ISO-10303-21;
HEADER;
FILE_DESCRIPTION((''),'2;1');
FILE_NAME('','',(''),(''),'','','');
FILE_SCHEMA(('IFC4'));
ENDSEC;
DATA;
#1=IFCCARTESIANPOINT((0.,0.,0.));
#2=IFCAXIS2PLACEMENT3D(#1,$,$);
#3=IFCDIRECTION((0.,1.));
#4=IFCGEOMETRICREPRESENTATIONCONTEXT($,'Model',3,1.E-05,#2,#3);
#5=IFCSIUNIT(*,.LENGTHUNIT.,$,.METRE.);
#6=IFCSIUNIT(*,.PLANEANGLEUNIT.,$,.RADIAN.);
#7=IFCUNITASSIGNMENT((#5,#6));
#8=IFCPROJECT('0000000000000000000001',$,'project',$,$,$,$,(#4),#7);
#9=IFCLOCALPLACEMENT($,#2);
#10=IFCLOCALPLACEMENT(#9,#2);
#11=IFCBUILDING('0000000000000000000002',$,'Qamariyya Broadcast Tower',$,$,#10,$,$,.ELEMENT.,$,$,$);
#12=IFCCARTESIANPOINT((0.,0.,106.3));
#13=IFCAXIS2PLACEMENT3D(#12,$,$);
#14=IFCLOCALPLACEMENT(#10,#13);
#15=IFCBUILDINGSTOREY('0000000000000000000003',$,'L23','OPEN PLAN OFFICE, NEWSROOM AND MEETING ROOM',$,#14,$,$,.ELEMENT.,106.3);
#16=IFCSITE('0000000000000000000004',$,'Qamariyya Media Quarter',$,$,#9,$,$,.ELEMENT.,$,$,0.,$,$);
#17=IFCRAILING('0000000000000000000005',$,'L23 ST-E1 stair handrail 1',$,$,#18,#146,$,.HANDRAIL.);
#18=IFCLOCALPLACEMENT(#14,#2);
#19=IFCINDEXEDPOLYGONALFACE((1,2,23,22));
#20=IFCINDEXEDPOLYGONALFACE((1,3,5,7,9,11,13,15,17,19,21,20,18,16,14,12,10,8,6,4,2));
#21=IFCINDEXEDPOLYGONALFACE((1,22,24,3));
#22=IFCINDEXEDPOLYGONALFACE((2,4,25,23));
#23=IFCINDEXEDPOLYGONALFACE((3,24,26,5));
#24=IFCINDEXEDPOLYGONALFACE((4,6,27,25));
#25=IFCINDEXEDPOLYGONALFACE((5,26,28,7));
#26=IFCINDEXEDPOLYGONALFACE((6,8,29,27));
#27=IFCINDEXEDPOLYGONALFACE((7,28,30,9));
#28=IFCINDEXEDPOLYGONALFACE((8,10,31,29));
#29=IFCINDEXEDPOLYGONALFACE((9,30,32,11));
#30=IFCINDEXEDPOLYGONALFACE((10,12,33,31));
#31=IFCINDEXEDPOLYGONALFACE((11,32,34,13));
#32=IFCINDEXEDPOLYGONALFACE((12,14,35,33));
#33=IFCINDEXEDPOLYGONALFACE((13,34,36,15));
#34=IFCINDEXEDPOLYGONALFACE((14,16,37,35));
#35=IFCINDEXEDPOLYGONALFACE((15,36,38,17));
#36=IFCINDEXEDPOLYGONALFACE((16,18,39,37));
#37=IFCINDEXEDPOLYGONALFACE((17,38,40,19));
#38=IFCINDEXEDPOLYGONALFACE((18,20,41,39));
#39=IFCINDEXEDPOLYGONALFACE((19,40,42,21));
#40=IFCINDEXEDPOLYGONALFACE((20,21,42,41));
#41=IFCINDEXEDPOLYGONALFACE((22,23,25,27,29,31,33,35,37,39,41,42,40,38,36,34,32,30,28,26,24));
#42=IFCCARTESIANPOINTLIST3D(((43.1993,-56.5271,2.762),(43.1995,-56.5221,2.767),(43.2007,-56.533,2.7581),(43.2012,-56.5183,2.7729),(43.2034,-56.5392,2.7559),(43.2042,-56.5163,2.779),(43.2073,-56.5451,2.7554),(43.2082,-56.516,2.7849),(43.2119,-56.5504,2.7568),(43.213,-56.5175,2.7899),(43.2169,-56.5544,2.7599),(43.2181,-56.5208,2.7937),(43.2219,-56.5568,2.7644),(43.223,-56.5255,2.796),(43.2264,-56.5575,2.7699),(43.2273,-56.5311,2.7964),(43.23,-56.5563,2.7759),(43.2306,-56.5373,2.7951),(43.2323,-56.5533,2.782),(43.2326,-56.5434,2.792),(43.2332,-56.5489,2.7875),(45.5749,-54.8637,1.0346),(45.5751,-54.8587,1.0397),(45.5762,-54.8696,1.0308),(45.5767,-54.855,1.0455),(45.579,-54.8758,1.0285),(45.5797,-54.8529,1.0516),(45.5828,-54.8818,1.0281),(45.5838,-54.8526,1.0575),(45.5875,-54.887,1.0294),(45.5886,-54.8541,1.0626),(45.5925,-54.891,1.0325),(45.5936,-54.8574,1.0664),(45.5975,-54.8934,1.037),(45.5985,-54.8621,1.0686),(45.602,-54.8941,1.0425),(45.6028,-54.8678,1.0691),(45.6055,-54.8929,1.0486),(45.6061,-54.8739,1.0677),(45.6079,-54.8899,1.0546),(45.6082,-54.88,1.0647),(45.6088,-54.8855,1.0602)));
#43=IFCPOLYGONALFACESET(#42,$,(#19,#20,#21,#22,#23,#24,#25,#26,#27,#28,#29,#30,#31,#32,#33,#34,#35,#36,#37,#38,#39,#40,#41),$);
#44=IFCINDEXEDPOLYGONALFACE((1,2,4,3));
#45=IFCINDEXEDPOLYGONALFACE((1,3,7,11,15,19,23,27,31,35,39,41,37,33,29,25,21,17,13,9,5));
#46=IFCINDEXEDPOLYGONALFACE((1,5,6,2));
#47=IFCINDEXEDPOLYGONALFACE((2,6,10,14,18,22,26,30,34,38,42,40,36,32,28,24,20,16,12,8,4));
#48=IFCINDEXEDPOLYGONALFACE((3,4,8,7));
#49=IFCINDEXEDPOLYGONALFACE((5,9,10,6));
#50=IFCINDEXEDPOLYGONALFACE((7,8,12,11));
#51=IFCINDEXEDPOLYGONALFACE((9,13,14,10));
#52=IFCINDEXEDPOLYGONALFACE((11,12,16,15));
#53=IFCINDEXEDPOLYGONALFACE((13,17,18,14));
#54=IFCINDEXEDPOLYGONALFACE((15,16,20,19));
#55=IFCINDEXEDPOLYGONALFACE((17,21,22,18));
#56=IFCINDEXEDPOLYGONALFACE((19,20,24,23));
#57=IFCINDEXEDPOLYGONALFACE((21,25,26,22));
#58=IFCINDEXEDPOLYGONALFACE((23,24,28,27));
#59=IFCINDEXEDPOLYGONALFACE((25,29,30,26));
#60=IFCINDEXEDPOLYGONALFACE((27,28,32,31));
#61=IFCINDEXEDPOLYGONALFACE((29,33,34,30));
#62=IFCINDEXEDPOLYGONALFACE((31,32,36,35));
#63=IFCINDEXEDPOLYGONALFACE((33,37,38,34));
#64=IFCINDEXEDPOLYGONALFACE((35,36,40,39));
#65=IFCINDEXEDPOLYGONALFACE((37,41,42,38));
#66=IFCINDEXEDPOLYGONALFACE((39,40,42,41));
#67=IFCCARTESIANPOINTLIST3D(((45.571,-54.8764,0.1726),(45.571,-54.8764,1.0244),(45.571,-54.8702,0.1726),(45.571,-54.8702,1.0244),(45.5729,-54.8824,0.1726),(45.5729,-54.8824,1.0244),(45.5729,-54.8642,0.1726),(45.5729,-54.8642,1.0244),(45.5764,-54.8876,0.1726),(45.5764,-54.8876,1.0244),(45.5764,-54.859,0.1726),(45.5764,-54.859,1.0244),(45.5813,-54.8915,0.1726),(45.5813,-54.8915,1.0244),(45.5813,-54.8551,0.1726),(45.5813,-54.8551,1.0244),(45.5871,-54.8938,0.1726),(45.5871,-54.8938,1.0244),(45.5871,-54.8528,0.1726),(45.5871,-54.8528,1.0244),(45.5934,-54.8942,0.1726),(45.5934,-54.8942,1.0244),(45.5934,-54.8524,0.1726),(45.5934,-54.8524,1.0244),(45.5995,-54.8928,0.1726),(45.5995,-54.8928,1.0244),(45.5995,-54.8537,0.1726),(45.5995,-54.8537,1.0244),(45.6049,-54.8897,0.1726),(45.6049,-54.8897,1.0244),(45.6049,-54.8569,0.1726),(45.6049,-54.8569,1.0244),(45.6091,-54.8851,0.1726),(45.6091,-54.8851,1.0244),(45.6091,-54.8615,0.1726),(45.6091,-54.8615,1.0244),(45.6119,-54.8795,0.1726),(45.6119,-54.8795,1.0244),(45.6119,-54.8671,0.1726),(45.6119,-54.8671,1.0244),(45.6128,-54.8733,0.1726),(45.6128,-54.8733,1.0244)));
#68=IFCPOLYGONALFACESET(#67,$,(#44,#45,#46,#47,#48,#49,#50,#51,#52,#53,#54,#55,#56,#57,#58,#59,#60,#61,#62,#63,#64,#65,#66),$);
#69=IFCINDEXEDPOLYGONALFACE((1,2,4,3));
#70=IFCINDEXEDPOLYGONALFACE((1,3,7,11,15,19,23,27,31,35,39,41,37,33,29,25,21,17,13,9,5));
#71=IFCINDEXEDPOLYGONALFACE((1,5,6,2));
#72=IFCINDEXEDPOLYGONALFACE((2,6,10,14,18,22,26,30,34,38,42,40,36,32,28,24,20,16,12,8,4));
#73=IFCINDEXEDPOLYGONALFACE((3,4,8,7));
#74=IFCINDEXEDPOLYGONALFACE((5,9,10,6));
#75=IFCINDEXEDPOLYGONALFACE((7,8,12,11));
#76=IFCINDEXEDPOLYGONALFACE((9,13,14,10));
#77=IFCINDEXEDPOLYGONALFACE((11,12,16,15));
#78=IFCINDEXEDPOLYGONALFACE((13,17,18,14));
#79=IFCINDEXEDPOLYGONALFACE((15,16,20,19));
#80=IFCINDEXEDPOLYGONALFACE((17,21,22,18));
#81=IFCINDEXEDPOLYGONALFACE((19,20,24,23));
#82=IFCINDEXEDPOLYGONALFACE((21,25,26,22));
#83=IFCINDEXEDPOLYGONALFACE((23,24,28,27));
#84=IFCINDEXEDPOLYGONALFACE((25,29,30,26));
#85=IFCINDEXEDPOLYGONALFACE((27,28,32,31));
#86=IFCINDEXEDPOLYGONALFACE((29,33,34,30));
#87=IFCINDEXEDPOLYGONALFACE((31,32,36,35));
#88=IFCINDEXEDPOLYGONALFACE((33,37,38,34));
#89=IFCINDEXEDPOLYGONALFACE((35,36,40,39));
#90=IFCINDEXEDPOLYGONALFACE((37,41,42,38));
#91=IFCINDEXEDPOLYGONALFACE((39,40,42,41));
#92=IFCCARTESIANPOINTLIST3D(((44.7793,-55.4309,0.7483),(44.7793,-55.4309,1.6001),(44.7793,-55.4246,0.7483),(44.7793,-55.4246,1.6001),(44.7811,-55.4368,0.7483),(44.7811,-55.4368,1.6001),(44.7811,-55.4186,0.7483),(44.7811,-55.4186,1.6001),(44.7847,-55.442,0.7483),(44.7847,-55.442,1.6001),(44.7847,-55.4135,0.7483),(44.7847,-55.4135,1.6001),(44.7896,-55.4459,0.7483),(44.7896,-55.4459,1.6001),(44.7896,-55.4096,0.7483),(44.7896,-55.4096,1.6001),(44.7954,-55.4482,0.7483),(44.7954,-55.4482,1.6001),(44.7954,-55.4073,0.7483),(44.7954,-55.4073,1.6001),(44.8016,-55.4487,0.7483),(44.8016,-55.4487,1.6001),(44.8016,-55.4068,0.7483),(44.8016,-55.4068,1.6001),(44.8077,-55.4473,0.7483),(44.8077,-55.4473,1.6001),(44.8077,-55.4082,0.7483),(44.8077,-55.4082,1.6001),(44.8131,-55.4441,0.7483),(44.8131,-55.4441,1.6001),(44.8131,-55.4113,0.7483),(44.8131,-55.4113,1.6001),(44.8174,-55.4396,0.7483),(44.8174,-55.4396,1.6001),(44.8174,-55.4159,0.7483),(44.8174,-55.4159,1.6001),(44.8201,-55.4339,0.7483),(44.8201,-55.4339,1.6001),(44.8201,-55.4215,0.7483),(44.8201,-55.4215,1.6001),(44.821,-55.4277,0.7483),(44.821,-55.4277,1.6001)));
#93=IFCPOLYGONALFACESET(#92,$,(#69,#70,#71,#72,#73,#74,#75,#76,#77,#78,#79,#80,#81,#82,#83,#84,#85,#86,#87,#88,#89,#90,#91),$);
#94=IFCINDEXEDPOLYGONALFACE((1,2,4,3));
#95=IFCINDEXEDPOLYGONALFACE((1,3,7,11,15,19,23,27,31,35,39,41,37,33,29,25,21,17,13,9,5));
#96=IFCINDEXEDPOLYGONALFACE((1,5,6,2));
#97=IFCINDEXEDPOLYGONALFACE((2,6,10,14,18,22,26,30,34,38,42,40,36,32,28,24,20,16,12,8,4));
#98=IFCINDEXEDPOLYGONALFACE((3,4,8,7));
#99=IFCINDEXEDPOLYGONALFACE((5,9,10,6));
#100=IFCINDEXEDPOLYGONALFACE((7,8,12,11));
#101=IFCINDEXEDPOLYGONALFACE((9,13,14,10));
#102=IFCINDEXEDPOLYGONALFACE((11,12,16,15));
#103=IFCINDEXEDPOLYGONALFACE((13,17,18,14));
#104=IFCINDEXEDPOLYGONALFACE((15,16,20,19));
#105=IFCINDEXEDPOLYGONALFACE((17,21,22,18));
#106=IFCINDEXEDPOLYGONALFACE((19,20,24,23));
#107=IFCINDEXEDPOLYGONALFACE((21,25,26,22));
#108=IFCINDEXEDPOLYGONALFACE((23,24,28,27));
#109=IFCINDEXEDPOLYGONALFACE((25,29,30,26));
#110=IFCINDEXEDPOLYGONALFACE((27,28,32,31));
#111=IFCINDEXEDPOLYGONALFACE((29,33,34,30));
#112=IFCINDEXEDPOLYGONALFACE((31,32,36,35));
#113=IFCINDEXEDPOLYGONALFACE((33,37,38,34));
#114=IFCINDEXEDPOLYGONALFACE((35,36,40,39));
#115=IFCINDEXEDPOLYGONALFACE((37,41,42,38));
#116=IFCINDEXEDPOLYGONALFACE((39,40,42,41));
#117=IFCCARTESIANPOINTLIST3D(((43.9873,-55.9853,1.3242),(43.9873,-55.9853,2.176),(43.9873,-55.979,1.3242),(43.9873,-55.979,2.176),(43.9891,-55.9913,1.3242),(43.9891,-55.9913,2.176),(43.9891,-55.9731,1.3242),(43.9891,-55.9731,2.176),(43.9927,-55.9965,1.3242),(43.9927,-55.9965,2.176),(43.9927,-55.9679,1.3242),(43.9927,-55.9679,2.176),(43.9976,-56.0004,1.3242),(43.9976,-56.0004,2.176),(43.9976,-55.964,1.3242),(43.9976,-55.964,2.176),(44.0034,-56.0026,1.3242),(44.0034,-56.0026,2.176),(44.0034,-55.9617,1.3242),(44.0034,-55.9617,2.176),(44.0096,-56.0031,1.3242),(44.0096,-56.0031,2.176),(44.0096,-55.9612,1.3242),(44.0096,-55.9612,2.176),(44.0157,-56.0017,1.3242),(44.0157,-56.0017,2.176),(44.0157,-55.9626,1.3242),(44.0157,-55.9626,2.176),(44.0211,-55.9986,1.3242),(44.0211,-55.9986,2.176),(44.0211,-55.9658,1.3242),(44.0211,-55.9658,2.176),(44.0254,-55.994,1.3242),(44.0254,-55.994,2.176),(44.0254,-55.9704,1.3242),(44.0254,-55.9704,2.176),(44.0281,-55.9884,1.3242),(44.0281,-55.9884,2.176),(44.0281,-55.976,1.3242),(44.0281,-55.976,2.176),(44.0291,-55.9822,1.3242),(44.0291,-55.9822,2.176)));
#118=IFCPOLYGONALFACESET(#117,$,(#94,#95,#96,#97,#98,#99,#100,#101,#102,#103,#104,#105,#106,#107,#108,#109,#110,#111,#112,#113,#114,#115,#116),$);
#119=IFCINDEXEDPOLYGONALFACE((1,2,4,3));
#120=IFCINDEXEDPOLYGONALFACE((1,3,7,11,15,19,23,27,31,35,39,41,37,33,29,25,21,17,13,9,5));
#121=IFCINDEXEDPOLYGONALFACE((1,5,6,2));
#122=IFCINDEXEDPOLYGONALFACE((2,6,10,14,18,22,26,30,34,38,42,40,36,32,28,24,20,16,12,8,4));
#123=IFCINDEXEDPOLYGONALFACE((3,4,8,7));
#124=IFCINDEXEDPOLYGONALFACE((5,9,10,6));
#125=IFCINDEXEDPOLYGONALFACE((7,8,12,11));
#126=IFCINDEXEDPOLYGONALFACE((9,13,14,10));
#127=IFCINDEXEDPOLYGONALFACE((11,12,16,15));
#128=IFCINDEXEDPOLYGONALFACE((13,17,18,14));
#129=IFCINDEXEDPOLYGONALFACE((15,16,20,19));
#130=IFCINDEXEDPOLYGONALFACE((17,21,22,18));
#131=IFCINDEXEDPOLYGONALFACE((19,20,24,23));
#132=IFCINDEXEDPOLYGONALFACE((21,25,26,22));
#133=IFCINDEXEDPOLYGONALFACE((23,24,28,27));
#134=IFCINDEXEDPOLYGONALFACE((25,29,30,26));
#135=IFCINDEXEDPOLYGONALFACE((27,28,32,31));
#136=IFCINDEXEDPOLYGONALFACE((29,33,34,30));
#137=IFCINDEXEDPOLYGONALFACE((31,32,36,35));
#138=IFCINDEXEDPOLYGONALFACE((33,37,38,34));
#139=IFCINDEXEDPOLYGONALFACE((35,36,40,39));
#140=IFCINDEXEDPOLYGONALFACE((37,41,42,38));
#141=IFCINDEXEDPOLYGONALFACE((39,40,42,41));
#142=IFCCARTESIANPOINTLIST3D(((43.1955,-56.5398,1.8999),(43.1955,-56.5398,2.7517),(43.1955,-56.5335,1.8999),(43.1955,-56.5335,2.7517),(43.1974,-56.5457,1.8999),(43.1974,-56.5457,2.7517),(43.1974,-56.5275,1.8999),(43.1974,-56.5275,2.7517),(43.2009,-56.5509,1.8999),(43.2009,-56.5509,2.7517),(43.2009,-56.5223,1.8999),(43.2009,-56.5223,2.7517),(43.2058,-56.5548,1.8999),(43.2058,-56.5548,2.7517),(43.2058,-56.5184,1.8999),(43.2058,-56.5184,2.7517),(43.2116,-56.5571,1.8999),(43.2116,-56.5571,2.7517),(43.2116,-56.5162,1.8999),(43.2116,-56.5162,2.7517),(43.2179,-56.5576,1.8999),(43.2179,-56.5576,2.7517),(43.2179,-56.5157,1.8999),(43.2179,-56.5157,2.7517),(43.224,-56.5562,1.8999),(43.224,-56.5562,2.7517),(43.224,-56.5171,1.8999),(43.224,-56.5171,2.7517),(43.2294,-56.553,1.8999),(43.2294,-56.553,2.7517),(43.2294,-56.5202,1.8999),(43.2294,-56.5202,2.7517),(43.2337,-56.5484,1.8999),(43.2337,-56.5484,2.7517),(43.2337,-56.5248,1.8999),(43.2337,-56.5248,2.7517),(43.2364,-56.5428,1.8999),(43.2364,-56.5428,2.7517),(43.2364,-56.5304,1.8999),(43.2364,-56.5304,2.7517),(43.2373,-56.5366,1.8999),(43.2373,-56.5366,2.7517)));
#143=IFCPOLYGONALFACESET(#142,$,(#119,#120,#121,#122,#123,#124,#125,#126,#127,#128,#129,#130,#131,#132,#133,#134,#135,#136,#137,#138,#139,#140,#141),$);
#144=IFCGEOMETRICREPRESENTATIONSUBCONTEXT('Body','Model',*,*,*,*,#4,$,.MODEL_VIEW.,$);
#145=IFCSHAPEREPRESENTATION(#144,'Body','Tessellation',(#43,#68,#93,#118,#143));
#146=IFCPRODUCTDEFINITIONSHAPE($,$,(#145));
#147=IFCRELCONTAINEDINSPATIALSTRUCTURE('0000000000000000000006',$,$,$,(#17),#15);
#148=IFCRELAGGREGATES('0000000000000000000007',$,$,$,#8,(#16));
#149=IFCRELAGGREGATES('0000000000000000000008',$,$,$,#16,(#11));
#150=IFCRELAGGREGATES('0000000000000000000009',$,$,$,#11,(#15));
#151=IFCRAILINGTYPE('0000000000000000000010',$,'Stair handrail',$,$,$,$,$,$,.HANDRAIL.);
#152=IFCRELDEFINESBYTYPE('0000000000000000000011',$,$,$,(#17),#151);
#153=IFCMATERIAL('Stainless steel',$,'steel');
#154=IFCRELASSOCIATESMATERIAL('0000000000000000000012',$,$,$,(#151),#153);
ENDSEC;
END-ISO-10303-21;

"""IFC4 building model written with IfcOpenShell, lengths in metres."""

from ifc_helpers import new_model, si_unit, direction, frame, origin, origin_2d, place, context, subcontext, project, spatial, circle, extrude, material, type_object, element, save


model = new_model("IFC4")

# Units and contexts
model_context = context("Model", 3, precision=1e-05, world=origin(), true_north=direction((0.0, 1.0)))
body_context = subcontext(model_context, "Body", "Model", "MODEL_VIEW")
ifc_project = project(units=[si_unit("LENGTHUNIT", "METRE"), si_unit("PLANEANGLEUNIT", "RADIAN")], contexts=[model_context])

# Site, building, storey
site_placement = place(None, origin())
site = spatial("IfcSite", under=ifc_project, at=site_placement, Name="Qamariyya Media Quarter", CompositionType="ELEMENT", RefElevation=0.0)
building_placement = place(site_placement, origin())
building = spatial("IfcBuilding", under=site, at=building_placement, Name="Qamariyya Broadcast Tower", CompositionType="ELEMENT")
storey_placement = place(building_placement, frame((0.0, 0.0, 106.3)))
storey = spatial("IfcBuildingStorey", under=building, at=storey_placement, Name="L23", Description="OPEN PLAN OFFICE, NEWSROOM AND MEETING ROOM", CompositionType="ELEMENT", Elevation=106.3)

# Railing
ifc_material_1 = material(Name="Stainless steel", Category="steel")
railing_type = type_object("IfcRailingType", Name="Stair handrail", PredefinedType="HANDRAIL", material=ifc_material_1)
railing_placement = place(storey_placement, frame((45.5918, -54.8733, 0.1726)))
element("IfcRailing", 1, at=railing_placement, inside=storey, type_object=railing_type, Name="L23 ST-E1 stair handrail 1", PredefinedType="HANDRAIL", context=body_context, shape_type="SweptSolid", body=[
    extrude(circle(Radius=0.0239, at=origin_2d()), frame((0.0, 0.0, 0.876), z_axis=(-0.70377, -0.492784, 0.511734), x_axis=(0.573575, -0.819153, 0.0)), (0.0, 0.0, 1.0), 3.3755),
    extrude(circle(Radius=0.021, at=origin_2d()), origin(), (0.0, 0.0, 1.0), 0.8518),
    extrude(circle(Radius=0.021, at=origin_2d()), frame((-0.7917, -0.5544, 0.5757)), (0.0, 0.0, 1.0), 0.8518),
    extrude(circle(Radius=0.021, at=origin_2d()), frame((-1.5837, -1.1089, 1.1516)), (0.0, 0.0, 1.0), 0.8518),
    extrude(circle(Radius=0.021, at=origin_2d()), frame((-2.3755, -1.6633, 1.7273)), (0.0, 0.0, 1.0), 0.8518),
])

save(model, "model.ifc")
